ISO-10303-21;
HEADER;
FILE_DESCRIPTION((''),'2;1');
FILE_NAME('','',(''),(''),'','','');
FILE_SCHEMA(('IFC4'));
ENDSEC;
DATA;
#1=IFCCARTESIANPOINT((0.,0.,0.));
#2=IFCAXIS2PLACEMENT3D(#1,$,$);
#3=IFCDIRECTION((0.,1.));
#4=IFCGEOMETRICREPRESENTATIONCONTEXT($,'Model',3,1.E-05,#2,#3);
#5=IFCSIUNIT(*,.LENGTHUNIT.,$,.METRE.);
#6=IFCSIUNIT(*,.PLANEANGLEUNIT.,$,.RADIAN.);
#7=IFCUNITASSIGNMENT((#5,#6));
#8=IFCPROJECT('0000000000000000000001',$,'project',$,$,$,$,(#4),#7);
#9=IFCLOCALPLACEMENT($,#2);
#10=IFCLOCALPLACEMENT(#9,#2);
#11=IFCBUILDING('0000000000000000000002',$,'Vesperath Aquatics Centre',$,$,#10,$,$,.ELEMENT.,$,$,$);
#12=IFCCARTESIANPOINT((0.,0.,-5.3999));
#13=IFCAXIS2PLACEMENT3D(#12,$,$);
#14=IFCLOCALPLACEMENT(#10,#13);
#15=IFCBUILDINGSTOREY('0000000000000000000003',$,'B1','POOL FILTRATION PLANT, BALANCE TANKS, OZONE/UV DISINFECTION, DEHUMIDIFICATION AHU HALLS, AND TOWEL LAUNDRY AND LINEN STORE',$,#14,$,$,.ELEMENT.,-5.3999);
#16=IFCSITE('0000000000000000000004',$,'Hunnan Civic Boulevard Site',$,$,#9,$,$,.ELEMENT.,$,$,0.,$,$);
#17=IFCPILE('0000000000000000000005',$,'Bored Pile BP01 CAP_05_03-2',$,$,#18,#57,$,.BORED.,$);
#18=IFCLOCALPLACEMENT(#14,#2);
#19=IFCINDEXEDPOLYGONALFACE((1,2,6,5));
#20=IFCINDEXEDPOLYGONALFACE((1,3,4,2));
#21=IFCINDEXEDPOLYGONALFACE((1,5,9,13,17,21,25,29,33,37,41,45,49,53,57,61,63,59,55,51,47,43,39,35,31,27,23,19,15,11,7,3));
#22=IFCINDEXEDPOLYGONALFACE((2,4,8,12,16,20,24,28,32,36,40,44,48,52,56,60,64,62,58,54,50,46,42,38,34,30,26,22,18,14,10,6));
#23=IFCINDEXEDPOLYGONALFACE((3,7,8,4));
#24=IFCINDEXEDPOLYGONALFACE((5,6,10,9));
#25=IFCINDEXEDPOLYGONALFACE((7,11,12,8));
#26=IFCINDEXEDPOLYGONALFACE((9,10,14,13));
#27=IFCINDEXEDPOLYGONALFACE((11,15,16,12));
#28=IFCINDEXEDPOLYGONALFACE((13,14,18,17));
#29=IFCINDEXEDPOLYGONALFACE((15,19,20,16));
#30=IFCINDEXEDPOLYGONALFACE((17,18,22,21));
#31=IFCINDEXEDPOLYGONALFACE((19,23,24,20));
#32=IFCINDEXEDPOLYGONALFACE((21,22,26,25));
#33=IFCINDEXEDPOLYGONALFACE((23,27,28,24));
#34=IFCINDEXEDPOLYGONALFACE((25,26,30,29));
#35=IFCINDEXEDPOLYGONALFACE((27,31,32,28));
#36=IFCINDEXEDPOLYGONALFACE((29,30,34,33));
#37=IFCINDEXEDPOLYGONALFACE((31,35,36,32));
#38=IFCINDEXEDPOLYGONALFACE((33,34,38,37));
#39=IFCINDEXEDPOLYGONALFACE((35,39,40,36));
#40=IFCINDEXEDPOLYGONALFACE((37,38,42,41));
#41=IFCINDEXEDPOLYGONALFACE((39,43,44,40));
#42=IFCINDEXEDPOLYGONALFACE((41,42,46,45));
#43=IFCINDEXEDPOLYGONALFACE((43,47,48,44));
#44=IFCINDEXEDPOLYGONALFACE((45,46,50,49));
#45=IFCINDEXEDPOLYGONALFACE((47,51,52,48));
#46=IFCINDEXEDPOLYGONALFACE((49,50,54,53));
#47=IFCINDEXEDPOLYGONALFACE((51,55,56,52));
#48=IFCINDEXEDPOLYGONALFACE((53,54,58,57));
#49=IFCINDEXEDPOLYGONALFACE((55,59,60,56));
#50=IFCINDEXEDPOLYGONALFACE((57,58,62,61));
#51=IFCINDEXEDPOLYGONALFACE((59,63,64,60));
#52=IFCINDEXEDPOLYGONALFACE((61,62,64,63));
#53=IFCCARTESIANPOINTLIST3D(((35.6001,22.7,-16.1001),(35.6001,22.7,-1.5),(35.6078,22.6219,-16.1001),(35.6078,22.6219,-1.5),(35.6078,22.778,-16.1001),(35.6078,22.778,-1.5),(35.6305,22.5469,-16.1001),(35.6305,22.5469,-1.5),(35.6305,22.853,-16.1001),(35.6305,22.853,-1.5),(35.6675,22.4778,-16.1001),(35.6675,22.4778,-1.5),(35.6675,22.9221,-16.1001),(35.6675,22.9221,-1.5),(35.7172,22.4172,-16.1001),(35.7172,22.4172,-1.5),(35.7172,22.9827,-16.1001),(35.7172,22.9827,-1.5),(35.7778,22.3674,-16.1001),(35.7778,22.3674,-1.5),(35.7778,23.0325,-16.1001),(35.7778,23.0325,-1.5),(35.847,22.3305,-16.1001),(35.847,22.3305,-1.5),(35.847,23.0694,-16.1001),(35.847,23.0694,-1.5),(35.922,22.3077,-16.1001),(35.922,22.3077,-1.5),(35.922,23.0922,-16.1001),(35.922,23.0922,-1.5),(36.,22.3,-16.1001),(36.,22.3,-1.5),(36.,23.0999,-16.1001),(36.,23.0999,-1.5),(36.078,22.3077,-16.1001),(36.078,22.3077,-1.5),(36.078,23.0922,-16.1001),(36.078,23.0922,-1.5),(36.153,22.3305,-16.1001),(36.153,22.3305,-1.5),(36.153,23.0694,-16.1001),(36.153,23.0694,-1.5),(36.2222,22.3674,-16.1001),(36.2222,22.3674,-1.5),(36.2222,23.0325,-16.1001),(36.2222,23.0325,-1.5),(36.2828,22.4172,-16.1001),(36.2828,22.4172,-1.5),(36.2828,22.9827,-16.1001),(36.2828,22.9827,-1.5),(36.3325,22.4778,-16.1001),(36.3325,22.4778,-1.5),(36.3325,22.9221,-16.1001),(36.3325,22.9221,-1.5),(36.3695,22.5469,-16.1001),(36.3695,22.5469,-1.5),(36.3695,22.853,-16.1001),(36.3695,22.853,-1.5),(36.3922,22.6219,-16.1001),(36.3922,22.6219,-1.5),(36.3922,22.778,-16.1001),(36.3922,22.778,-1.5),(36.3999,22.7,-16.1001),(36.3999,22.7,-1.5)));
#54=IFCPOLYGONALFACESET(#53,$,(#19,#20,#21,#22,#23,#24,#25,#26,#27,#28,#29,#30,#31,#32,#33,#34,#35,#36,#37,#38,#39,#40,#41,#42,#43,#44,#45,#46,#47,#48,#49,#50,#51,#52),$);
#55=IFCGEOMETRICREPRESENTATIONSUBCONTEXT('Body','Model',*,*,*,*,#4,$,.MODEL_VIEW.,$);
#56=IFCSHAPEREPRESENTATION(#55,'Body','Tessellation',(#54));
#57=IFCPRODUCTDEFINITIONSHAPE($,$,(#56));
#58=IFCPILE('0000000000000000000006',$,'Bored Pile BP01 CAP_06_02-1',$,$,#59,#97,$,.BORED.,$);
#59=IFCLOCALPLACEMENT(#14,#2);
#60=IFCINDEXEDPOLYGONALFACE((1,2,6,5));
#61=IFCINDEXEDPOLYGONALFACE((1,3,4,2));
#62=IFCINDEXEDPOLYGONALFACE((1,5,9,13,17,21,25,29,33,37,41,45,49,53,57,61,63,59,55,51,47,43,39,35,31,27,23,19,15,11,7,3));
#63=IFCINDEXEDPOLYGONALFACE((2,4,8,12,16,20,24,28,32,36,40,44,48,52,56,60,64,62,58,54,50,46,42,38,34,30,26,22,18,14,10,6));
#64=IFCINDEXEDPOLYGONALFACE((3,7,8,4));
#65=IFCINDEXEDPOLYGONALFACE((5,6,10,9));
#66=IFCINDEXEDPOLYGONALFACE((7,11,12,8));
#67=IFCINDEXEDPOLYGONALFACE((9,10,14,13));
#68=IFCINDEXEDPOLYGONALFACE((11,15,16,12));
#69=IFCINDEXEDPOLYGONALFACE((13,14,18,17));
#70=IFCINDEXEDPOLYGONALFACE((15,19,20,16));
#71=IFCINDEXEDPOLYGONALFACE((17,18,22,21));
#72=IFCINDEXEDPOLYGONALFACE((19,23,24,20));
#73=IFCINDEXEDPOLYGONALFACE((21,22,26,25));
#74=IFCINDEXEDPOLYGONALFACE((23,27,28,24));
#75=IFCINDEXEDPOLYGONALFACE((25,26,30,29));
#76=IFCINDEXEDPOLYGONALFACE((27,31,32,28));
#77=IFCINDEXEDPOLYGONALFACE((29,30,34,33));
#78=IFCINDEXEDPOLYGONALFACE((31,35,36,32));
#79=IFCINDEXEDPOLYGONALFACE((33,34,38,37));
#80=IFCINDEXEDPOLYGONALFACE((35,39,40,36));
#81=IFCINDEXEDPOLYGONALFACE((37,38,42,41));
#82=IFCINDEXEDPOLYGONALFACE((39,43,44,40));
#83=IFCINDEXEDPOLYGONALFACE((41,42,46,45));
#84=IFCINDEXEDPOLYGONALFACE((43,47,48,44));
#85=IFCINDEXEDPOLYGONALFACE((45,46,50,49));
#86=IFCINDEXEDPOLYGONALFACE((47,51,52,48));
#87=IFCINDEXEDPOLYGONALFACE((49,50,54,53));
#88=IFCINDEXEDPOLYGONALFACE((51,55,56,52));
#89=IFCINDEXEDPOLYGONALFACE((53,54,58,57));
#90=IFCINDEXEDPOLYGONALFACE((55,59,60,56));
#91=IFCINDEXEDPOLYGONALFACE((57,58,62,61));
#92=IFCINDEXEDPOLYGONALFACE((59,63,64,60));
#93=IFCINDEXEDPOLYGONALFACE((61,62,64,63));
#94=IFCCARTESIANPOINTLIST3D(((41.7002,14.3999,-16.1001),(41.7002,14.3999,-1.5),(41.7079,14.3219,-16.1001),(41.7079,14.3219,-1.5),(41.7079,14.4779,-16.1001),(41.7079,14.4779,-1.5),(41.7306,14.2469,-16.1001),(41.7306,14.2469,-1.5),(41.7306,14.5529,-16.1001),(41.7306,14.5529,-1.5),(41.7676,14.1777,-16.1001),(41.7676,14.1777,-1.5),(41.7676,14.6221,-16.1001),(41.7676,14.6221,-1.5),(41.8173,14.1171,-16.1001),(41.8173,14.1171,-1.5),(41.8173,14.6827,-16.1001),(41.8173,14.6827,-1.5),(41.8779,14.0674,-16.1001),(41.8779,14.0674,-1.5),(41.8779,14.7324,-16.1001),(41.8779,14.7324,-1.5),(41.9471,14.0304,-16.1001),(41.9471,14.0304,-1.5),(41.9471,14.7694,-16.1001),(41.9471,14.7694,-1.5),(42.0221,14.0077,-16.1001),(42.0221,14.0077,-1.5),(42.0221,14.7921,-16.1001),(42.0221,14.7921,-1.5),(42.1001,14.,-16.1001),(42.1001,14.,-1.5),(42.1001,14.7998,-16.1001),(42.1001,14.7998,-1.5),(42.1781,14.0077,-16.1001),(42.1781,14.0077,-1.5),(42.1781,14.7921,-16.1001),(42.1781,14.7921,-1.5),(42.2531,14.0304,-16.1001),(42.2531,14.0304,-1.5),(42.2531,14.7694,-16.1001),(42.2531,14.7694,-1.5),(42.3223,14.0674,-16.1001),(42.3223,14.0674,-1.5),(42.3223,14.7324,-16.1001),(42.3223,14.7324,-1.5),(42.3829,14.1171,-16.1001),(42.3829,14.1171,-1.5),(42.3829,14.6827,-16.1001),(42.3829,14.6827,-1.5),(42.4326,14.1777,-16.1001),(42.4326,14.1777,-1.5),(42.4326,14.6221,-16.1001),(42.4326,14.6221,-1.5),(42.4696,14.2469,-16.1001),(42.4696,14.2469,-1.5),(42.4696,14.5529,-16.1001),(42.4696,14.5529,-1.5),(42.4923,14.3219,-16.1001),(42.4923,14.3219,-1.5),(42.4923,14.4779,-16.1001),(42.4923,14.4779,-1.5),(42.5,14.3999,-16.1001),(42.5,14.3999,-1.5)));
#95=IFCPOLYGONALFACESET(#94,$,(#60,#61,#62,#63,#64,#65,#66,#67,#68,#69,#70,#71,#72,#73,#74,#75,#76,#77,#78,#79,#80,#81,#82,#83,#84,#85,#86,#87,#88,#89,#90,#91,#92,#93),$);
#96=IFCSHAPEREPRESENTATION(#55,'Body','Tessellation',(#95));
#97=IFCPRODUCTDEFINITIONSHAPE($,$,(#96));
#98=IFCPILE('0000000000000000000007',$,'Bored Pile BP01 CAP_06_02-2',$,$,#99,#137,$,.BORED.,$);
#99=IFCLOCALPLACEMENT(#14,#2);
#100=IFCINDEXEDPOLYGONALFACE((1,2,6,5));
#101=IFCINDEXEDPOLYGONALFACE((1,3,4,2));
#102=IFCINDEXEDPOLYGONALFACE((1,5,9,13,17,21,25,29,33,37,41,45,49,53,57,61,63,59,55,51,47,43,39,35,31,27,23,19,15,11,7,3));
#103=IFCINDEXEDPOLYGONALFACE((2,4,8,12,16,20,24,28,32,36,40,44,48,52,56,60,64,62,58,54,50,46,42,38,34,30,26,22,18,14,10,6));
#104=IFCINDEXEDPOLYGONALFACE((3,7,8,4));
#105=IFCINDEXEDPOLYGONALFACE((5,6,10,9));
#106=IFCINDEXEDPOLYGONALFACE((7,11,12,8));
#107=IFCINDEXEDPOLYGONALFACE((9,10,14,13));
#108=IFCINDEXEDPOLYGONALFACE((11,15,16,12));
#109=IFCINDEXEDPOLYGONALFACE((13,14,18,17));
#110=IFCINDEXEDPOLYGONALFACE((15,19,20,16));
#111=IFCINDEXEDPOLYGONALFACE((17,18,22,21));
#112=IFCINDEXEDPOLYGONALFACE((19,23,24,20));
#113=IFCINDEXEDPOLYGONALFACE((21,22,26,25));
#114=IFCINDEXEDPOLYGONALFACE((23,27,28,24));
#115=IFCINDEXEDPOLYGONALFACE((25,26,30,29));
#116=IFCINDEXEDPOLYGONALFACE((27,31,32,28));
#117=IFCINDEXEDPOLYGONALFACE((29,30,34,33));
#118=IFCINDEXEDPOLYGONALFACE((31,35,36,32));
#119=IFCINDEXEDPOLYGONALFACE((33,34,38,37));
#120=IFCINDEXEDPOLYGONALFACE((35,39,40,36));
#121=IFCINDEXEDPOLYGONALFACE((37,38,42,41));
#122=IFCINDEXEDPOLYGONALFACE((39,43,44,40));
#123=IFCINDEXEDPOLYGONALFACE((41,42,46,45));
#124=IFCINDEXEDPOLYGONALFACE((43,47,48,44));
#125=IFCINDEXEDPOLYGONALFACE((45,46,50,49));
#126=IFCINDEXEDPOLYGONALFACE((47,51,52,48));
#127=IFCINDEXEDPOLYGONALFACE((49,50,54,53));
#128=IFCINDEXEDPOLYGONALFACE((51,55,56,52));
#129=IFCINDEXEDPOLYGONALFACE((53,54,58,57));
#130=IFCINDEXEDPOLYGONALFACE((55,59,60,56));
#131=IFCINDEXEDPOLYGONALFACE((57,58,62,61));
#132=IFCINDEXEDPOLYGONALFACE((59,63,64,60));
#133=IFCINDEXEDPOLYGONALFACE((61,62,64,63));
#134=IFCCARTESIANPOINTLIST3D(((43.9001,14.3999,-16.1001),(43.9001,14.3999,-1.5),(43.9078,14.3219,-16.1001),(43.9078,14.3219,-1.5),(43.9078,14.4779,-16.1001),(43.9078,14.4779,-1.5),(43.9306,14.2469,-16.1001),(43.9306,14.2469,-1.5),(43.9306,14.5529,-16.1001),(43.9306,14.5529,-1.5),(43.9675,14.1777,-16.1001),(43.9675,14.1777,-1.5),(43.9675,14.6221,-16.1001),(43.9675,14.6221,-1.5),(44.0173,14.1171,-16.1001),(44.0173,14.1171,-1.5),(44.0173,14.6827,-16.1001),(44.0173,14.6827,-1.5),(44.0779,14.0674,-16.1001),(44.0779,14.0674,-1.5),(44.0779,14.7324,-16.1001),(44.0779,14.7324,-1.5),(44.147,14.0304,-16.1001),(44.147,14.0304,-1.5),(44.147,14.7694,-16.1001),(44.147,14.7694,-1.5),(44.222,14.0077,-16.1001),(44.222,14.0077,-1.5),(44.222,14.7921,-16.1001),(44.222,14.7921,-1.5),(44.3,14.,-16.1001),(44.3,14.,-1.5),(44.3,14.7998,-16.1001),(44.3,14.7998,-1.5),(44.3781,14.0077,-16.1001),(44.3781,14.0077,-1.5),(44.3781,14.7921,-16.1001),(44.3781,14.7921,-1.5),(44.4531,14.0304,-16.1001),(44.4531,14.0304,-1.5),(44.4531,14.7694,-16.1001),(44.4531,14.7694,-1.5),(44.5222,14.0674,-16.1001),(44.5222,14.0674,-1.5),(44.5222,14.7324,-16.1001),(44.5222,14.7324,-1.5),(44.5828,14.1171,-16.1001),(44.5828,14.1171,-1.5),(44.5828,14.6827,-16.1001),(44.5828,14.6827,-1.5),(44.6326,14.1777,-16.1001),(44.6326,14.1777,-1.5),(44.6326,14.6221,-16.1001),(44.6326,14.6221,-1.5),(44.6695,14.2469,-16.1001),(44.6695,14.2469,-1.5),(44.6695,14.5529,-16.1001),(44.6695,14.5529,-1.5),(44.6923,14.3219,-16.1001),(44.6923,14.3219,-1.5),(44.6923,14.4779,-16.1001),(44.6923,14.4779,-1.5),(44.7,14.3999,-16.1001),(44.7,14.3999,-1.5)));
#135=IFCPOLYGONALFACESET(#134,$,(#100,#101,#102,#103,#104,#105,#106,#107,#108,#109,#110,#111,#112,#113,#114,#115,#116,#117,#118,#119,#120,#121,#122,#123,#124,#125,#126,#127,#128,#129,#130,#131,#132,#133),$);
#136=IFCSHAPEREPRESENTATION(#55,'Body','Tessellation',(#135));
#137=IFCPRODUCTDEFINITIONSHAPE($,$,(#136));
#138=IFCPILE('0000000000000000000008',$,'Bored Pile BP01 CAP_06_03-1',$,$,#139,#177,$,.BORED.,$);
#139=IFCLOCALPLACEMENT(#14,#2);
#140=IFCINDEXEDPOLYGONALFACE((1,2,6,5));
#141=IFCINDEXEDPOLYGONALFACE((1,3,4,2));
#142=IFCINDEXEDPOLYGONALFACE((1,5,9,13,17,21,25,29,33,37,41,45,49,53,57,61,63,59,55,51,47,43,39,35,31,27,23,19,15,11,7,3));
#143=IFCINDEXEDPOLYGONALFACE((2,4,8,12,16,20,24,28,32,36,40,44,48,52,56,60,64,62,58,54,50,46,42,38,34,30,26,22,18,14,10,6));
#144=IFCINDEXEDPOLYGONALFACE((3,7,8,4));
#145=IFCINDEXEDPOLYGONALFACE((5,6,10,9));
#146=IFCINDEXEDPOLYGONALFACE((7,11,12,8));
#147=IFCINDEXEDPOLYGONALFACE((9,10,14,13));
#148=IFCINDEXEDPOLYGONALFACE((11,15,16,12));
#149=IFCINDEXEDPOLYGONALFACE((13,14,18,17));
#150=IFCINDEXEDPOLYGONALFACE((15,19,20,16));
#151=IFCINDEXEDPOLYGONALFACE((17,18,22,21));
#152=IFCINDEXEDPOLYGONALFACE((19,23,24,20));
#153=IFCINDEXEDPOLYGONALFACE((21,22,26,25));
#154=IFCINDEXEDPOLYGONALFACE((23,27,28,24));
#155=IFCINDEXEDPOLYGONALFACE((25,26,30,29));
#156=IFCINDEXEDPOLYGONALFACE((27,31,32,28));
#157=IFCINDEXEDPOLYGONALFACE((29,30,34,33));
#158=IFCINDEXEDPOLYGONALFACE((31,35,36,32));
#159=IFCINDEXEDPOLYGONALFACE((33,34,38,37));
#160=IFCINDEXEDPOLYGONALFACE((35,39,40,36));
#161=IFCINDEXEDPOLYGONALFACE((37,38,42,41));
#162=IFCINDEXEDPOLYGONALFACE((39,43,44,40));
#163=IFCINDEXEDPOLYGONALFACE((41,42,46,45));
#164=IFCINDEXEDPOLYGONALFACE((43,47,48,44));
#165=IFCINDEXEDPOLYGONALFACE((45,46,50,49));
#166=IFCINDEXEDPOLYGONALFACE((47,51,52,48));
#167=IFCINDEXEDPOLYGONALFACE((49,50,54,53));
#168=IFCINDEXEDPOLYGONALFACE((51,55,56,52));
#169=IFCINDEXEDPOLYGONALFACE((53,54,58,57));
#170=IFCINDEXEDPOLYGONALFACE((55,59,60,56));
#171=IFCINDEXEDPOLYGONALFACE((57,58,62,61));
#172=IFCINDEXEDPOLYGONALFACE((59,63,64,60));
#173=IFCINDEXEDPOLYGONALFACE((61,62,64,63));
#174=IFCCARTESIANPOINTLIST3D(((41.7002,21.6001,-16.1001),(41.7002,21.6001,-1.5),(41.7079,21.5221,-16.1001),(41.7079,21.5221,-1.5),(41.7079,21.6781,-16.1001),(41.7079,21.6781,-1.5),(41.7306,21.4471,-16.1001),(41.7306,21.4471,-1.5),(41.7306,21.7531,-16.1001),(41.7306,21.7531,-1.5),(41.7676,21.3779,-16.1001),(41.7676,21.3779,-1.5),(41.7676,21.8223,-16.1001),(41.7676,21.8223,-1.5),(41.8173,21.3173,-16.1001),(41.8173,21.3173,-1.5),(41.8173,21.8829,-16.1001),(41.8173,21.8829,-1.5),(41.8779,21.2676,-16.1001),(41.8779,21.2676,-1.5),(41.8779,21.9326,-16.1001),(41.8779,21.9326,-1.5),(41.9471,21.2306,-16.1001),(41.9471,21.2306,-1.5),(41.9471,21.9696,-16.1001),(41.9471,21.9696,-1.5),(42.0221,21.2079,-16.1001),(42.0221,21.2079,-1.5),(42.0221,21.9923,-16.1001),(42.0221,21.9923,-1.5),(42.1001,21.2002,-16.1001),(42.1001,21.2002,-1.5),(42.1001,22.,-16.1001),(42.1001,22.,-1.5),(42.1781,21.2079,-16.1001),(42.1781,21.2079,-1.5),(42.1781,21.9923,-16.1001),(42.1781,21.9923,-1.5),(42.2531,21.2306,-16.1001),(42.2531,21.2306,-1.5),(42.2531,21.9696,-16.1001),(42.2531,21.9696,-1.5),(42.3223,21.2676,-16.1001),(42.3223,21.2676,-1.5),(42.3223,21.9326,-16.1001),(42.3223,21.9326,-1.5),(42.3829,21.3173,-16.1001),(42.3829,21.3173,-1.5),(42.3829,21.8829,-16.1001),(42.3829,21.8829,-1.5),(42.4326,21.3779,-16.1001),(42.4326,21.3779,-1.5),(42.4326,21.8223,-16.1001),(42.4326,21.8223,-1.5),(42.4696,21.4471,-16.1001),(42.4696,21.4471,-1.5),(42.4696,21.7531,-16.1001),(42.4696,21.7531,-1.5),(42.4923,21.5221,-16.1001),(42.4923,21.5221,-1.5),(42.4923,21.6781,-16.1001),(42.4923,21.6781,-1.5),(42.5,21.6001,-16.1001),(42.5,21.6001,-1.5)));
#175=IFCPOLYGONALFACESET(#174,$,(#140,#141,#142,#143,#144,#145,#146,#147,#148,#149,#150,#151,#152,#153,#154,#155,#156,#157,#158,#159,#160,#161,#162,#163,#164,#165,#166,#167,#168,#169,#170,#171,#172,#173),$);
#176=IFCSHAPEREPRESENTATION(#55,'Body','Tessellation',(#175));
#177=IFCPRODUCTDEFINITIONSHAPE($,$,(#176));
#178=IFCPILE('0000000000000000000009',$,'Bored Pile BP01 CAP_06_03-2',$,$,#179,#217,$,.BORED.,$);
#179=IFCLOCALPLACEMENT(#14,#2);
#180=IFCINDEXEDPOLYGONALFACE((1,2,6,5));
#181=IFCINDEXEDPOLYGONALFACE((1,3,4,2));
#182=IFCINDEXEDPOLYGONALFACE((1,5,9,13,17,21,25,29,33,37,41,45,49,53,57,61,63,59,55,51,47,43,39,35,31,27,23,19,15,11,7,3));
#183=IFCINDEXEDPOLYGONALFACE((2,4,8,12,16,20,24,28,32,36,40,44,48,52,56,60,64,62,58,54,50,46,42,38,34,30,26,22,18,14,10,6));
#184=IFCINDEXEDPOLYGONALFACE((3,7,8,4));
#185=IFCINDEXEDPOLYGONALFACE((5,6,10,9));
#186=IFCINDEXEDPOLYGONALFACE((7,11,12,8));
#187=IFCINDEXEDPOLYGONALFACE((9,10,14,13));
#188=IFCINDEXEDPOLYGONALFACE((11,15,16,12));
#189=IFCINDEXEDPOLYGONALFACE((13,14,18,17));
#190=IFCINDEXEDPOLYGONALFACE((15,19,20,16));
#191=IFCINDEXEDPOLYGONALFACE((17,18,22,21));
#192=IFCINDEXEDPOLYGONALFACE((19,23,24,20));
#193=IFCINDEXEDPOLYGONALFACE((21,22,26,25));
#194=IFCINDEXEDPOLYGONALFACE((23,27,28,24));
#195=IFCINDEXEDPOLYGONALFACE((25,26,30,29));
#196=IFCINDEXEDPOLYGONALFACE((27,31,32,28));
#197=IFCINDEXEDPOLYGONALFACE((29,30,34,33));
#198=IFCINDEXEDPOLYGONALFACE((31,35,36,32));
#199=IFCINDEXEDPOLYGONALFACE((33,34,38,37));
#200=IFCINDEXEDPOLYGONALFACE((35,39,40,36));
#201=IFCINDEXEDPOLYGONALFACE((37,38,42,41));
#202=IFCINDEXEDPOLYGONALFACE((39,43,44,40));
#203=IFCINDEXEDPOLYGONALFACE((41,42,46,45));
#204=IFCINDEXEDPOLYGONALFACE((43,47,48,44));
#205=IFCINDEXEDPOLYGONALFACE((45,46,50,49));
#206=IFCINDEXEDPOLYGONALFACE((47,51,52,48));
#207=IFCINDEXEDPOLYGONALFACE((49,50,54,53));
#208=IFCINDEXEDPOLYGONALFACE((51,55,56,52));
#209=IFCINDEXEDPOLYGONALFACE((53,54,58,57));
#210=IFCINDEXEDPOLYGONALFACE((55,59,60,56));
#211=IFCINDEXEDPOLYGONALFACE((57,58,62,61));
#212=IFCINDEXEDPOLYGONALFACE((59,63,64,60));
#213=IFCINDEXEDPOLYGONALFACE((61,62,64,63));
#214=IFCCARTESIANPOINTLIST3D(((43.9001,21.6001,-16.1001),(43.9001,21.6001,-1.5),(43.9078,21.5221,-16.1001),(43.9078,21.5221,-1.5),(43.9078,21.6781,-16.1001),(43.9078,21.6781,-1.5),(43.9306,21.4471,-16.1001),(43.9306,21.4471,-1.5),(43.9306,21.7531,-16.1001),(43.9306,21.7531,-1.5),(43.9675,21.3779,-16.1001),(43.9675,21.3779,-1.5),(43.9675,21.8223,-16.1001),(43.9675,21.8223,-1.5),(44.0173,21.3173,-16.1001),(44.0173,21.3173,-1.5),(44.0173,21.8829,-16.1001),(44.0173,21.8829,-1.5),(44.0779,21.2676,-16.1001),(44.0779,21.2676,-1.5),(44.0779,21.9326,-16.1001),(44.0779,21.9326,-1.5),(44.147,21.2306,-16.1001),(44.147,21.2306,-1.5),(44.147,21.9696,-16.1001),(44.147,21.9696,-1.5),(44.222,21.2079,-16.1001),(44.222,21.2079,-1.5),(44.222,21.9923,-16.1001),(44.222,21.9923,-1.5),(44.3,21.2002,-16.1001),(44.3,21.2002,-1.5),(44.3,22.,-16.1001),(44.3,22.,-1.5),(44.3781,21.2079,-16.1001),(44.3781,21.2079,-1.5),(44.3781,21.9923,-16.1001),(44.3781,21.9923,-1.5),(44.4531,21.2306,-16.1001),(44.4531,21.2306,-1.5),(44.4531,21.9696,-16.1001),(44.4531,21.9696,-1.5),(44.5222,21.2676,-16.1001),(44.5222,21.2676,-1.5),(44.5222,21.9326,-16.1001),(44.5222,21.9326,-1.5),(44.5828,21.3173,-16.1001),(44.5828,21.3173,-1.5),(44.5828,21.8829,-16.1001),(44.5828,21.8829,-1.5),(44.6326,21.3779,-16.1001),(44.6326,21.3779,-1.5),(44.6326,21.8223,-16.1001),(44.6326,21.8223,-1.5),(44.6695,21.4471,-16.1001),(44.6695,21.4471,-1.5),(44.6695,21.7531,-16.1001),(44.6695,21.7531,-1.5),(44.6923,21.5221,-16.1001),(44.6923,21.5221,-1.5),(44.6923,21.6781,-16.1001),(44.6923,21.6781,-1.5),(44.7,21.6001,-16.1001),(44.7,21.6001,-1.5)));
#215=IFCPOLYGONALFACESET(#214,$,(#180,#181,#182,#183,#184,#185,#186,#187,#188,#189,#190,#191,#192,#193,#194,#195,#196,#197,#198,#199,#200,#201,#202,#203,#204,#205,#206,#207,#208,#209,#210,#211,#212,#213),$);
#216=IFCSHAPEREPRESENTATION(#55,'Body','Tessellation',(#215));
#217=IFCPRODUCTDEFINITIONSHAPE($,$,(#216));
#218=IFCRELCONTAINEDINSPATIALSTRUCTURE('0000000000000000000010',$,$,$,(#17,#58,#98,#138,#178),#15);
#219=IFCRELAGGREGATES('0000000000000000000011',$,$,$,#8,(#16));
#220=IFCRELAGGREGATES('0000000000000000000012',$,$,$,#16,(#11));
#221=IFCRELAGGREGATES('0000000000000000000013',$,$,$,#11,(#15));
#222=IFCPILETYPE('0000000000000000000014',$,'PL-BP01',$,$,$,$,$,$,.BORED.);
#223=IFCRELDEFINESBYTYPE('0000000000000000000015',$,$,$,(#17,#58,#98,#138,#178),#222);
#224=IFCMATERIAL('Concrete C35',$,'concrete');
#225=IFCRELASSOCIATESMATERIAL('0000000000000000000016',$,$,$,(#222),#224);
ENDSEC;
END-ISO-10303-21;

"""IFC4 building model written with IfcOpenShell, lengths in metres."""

from ifc_helpers import new_model, si_unit, direction, frame, origin, origin_2d, place, context, subcontext, project, spatial, circle, extrude, material, material_profile, profile_set, type_object, element, save


model = new_model("IFC4")

# Units and contexts
model_context = context("Model", 3, precision=1e-05, world=origin(), true_north=direction((0.0, 1.0)))
body_context = subcontext(model_context, "Body", "Model", "MODEL_VIEW")
ifc_project = project(units=[si_unit("LENGTHUNIT", "METRE"), si_unit("PLANEANGLEUNIT", "RADIAN")], contexts=[model_context])

# Site, building, storey
site_placement = place(None, origin())
site = spatial("IfcSite", under=ifc_project, at=site_placement, Name="Hunnan Civic Boulevard Site", CompositionType="ELEMENT", RefElevation=0.0)
building_placement = place(site_placement, origin())
building = spatial("IfcBuilding", under=site, at=building_placement, Name="Vesperath Aquatics Centre", CompositionType="ELEMENT")
storey_placement = place(building_placement, frame((0.0, 0.0, -5.3999)))
storey = spatial("IfcBuildingStorey", under=building, at=storey_placement, Name="B1", Description="POOL FILTRATION PLANT, BALANCE TANKS, OZONE/UV DISINFECTION, DEHUMIDIFICATION AHU HALLS, AND TOWEL LAUNDRY AND LINEN STORE", CompositionType="ELEMENT", Elevation=-5.3999)

# Piles
ifc_material_1 = material(Name="Concrete C35", Category="concrete")
ifc_material_profile_1 = material_profile(ifc_material_1, circle(Radius=0.3999, at=origin_2d()), Name="PILE D800")
ifc_profile_set_1 = profile_set([ifc_material_profile_1], Name="Concrete C35")
pile_type = type_object("IfcPileType", Name="PL-BP01", PredefinedType="BORED", material=ifc_profile_set_1)
for number, where, z_axis, x_axis, name in (
    (1, (36.0, 22.7, -1.5), (0.0, 0.0, -1.0), (1.0, 0.0, 0.0), "Bored Pile BP01 CAP_05_03-2"),
    (2, (42.1001, 14.3999, -1.5), (0.0, 0.0, -1.0), (1.0, 0.0, 0.0), "Bored Pile BP01 CAP_06_02-1"),
    (3, (44.3, 14.3999, -1.5), (0.0, 0.0, -1.0), (1.0, 0.0, 0.0), "Bored Pile BP01 CAP_06_02-2"),
    (4, (42.1001, 21.6001, -1.5), (0.0, 0.0, -1.0), (1.0, 0.0, 0.0), "Bored Pile BP01 CAP_06_03-1"),
    (5, (44.3, 21.6001, -1.5), (0.0, 0.0, -1.0), (1.0, 0.0, 0.0), "Bored Pile BP01 CAP_06_03-2"),
):
    element("IfcPile", number, at=place(storey_placement, frame(where, z_axis=z_axis, x_axis=x_axis)), inside=storey, type_object=pile_type, Name=name, PredefinedType="BORED", context=body_context, shape_type="SweptSolid", body=[
        extrude(circle(Radius=0.3999, at=origin_2d()), origin(), (0.0, 0.0, 1.0), 14.6001),
    ])

save(model, "model.ifc")
